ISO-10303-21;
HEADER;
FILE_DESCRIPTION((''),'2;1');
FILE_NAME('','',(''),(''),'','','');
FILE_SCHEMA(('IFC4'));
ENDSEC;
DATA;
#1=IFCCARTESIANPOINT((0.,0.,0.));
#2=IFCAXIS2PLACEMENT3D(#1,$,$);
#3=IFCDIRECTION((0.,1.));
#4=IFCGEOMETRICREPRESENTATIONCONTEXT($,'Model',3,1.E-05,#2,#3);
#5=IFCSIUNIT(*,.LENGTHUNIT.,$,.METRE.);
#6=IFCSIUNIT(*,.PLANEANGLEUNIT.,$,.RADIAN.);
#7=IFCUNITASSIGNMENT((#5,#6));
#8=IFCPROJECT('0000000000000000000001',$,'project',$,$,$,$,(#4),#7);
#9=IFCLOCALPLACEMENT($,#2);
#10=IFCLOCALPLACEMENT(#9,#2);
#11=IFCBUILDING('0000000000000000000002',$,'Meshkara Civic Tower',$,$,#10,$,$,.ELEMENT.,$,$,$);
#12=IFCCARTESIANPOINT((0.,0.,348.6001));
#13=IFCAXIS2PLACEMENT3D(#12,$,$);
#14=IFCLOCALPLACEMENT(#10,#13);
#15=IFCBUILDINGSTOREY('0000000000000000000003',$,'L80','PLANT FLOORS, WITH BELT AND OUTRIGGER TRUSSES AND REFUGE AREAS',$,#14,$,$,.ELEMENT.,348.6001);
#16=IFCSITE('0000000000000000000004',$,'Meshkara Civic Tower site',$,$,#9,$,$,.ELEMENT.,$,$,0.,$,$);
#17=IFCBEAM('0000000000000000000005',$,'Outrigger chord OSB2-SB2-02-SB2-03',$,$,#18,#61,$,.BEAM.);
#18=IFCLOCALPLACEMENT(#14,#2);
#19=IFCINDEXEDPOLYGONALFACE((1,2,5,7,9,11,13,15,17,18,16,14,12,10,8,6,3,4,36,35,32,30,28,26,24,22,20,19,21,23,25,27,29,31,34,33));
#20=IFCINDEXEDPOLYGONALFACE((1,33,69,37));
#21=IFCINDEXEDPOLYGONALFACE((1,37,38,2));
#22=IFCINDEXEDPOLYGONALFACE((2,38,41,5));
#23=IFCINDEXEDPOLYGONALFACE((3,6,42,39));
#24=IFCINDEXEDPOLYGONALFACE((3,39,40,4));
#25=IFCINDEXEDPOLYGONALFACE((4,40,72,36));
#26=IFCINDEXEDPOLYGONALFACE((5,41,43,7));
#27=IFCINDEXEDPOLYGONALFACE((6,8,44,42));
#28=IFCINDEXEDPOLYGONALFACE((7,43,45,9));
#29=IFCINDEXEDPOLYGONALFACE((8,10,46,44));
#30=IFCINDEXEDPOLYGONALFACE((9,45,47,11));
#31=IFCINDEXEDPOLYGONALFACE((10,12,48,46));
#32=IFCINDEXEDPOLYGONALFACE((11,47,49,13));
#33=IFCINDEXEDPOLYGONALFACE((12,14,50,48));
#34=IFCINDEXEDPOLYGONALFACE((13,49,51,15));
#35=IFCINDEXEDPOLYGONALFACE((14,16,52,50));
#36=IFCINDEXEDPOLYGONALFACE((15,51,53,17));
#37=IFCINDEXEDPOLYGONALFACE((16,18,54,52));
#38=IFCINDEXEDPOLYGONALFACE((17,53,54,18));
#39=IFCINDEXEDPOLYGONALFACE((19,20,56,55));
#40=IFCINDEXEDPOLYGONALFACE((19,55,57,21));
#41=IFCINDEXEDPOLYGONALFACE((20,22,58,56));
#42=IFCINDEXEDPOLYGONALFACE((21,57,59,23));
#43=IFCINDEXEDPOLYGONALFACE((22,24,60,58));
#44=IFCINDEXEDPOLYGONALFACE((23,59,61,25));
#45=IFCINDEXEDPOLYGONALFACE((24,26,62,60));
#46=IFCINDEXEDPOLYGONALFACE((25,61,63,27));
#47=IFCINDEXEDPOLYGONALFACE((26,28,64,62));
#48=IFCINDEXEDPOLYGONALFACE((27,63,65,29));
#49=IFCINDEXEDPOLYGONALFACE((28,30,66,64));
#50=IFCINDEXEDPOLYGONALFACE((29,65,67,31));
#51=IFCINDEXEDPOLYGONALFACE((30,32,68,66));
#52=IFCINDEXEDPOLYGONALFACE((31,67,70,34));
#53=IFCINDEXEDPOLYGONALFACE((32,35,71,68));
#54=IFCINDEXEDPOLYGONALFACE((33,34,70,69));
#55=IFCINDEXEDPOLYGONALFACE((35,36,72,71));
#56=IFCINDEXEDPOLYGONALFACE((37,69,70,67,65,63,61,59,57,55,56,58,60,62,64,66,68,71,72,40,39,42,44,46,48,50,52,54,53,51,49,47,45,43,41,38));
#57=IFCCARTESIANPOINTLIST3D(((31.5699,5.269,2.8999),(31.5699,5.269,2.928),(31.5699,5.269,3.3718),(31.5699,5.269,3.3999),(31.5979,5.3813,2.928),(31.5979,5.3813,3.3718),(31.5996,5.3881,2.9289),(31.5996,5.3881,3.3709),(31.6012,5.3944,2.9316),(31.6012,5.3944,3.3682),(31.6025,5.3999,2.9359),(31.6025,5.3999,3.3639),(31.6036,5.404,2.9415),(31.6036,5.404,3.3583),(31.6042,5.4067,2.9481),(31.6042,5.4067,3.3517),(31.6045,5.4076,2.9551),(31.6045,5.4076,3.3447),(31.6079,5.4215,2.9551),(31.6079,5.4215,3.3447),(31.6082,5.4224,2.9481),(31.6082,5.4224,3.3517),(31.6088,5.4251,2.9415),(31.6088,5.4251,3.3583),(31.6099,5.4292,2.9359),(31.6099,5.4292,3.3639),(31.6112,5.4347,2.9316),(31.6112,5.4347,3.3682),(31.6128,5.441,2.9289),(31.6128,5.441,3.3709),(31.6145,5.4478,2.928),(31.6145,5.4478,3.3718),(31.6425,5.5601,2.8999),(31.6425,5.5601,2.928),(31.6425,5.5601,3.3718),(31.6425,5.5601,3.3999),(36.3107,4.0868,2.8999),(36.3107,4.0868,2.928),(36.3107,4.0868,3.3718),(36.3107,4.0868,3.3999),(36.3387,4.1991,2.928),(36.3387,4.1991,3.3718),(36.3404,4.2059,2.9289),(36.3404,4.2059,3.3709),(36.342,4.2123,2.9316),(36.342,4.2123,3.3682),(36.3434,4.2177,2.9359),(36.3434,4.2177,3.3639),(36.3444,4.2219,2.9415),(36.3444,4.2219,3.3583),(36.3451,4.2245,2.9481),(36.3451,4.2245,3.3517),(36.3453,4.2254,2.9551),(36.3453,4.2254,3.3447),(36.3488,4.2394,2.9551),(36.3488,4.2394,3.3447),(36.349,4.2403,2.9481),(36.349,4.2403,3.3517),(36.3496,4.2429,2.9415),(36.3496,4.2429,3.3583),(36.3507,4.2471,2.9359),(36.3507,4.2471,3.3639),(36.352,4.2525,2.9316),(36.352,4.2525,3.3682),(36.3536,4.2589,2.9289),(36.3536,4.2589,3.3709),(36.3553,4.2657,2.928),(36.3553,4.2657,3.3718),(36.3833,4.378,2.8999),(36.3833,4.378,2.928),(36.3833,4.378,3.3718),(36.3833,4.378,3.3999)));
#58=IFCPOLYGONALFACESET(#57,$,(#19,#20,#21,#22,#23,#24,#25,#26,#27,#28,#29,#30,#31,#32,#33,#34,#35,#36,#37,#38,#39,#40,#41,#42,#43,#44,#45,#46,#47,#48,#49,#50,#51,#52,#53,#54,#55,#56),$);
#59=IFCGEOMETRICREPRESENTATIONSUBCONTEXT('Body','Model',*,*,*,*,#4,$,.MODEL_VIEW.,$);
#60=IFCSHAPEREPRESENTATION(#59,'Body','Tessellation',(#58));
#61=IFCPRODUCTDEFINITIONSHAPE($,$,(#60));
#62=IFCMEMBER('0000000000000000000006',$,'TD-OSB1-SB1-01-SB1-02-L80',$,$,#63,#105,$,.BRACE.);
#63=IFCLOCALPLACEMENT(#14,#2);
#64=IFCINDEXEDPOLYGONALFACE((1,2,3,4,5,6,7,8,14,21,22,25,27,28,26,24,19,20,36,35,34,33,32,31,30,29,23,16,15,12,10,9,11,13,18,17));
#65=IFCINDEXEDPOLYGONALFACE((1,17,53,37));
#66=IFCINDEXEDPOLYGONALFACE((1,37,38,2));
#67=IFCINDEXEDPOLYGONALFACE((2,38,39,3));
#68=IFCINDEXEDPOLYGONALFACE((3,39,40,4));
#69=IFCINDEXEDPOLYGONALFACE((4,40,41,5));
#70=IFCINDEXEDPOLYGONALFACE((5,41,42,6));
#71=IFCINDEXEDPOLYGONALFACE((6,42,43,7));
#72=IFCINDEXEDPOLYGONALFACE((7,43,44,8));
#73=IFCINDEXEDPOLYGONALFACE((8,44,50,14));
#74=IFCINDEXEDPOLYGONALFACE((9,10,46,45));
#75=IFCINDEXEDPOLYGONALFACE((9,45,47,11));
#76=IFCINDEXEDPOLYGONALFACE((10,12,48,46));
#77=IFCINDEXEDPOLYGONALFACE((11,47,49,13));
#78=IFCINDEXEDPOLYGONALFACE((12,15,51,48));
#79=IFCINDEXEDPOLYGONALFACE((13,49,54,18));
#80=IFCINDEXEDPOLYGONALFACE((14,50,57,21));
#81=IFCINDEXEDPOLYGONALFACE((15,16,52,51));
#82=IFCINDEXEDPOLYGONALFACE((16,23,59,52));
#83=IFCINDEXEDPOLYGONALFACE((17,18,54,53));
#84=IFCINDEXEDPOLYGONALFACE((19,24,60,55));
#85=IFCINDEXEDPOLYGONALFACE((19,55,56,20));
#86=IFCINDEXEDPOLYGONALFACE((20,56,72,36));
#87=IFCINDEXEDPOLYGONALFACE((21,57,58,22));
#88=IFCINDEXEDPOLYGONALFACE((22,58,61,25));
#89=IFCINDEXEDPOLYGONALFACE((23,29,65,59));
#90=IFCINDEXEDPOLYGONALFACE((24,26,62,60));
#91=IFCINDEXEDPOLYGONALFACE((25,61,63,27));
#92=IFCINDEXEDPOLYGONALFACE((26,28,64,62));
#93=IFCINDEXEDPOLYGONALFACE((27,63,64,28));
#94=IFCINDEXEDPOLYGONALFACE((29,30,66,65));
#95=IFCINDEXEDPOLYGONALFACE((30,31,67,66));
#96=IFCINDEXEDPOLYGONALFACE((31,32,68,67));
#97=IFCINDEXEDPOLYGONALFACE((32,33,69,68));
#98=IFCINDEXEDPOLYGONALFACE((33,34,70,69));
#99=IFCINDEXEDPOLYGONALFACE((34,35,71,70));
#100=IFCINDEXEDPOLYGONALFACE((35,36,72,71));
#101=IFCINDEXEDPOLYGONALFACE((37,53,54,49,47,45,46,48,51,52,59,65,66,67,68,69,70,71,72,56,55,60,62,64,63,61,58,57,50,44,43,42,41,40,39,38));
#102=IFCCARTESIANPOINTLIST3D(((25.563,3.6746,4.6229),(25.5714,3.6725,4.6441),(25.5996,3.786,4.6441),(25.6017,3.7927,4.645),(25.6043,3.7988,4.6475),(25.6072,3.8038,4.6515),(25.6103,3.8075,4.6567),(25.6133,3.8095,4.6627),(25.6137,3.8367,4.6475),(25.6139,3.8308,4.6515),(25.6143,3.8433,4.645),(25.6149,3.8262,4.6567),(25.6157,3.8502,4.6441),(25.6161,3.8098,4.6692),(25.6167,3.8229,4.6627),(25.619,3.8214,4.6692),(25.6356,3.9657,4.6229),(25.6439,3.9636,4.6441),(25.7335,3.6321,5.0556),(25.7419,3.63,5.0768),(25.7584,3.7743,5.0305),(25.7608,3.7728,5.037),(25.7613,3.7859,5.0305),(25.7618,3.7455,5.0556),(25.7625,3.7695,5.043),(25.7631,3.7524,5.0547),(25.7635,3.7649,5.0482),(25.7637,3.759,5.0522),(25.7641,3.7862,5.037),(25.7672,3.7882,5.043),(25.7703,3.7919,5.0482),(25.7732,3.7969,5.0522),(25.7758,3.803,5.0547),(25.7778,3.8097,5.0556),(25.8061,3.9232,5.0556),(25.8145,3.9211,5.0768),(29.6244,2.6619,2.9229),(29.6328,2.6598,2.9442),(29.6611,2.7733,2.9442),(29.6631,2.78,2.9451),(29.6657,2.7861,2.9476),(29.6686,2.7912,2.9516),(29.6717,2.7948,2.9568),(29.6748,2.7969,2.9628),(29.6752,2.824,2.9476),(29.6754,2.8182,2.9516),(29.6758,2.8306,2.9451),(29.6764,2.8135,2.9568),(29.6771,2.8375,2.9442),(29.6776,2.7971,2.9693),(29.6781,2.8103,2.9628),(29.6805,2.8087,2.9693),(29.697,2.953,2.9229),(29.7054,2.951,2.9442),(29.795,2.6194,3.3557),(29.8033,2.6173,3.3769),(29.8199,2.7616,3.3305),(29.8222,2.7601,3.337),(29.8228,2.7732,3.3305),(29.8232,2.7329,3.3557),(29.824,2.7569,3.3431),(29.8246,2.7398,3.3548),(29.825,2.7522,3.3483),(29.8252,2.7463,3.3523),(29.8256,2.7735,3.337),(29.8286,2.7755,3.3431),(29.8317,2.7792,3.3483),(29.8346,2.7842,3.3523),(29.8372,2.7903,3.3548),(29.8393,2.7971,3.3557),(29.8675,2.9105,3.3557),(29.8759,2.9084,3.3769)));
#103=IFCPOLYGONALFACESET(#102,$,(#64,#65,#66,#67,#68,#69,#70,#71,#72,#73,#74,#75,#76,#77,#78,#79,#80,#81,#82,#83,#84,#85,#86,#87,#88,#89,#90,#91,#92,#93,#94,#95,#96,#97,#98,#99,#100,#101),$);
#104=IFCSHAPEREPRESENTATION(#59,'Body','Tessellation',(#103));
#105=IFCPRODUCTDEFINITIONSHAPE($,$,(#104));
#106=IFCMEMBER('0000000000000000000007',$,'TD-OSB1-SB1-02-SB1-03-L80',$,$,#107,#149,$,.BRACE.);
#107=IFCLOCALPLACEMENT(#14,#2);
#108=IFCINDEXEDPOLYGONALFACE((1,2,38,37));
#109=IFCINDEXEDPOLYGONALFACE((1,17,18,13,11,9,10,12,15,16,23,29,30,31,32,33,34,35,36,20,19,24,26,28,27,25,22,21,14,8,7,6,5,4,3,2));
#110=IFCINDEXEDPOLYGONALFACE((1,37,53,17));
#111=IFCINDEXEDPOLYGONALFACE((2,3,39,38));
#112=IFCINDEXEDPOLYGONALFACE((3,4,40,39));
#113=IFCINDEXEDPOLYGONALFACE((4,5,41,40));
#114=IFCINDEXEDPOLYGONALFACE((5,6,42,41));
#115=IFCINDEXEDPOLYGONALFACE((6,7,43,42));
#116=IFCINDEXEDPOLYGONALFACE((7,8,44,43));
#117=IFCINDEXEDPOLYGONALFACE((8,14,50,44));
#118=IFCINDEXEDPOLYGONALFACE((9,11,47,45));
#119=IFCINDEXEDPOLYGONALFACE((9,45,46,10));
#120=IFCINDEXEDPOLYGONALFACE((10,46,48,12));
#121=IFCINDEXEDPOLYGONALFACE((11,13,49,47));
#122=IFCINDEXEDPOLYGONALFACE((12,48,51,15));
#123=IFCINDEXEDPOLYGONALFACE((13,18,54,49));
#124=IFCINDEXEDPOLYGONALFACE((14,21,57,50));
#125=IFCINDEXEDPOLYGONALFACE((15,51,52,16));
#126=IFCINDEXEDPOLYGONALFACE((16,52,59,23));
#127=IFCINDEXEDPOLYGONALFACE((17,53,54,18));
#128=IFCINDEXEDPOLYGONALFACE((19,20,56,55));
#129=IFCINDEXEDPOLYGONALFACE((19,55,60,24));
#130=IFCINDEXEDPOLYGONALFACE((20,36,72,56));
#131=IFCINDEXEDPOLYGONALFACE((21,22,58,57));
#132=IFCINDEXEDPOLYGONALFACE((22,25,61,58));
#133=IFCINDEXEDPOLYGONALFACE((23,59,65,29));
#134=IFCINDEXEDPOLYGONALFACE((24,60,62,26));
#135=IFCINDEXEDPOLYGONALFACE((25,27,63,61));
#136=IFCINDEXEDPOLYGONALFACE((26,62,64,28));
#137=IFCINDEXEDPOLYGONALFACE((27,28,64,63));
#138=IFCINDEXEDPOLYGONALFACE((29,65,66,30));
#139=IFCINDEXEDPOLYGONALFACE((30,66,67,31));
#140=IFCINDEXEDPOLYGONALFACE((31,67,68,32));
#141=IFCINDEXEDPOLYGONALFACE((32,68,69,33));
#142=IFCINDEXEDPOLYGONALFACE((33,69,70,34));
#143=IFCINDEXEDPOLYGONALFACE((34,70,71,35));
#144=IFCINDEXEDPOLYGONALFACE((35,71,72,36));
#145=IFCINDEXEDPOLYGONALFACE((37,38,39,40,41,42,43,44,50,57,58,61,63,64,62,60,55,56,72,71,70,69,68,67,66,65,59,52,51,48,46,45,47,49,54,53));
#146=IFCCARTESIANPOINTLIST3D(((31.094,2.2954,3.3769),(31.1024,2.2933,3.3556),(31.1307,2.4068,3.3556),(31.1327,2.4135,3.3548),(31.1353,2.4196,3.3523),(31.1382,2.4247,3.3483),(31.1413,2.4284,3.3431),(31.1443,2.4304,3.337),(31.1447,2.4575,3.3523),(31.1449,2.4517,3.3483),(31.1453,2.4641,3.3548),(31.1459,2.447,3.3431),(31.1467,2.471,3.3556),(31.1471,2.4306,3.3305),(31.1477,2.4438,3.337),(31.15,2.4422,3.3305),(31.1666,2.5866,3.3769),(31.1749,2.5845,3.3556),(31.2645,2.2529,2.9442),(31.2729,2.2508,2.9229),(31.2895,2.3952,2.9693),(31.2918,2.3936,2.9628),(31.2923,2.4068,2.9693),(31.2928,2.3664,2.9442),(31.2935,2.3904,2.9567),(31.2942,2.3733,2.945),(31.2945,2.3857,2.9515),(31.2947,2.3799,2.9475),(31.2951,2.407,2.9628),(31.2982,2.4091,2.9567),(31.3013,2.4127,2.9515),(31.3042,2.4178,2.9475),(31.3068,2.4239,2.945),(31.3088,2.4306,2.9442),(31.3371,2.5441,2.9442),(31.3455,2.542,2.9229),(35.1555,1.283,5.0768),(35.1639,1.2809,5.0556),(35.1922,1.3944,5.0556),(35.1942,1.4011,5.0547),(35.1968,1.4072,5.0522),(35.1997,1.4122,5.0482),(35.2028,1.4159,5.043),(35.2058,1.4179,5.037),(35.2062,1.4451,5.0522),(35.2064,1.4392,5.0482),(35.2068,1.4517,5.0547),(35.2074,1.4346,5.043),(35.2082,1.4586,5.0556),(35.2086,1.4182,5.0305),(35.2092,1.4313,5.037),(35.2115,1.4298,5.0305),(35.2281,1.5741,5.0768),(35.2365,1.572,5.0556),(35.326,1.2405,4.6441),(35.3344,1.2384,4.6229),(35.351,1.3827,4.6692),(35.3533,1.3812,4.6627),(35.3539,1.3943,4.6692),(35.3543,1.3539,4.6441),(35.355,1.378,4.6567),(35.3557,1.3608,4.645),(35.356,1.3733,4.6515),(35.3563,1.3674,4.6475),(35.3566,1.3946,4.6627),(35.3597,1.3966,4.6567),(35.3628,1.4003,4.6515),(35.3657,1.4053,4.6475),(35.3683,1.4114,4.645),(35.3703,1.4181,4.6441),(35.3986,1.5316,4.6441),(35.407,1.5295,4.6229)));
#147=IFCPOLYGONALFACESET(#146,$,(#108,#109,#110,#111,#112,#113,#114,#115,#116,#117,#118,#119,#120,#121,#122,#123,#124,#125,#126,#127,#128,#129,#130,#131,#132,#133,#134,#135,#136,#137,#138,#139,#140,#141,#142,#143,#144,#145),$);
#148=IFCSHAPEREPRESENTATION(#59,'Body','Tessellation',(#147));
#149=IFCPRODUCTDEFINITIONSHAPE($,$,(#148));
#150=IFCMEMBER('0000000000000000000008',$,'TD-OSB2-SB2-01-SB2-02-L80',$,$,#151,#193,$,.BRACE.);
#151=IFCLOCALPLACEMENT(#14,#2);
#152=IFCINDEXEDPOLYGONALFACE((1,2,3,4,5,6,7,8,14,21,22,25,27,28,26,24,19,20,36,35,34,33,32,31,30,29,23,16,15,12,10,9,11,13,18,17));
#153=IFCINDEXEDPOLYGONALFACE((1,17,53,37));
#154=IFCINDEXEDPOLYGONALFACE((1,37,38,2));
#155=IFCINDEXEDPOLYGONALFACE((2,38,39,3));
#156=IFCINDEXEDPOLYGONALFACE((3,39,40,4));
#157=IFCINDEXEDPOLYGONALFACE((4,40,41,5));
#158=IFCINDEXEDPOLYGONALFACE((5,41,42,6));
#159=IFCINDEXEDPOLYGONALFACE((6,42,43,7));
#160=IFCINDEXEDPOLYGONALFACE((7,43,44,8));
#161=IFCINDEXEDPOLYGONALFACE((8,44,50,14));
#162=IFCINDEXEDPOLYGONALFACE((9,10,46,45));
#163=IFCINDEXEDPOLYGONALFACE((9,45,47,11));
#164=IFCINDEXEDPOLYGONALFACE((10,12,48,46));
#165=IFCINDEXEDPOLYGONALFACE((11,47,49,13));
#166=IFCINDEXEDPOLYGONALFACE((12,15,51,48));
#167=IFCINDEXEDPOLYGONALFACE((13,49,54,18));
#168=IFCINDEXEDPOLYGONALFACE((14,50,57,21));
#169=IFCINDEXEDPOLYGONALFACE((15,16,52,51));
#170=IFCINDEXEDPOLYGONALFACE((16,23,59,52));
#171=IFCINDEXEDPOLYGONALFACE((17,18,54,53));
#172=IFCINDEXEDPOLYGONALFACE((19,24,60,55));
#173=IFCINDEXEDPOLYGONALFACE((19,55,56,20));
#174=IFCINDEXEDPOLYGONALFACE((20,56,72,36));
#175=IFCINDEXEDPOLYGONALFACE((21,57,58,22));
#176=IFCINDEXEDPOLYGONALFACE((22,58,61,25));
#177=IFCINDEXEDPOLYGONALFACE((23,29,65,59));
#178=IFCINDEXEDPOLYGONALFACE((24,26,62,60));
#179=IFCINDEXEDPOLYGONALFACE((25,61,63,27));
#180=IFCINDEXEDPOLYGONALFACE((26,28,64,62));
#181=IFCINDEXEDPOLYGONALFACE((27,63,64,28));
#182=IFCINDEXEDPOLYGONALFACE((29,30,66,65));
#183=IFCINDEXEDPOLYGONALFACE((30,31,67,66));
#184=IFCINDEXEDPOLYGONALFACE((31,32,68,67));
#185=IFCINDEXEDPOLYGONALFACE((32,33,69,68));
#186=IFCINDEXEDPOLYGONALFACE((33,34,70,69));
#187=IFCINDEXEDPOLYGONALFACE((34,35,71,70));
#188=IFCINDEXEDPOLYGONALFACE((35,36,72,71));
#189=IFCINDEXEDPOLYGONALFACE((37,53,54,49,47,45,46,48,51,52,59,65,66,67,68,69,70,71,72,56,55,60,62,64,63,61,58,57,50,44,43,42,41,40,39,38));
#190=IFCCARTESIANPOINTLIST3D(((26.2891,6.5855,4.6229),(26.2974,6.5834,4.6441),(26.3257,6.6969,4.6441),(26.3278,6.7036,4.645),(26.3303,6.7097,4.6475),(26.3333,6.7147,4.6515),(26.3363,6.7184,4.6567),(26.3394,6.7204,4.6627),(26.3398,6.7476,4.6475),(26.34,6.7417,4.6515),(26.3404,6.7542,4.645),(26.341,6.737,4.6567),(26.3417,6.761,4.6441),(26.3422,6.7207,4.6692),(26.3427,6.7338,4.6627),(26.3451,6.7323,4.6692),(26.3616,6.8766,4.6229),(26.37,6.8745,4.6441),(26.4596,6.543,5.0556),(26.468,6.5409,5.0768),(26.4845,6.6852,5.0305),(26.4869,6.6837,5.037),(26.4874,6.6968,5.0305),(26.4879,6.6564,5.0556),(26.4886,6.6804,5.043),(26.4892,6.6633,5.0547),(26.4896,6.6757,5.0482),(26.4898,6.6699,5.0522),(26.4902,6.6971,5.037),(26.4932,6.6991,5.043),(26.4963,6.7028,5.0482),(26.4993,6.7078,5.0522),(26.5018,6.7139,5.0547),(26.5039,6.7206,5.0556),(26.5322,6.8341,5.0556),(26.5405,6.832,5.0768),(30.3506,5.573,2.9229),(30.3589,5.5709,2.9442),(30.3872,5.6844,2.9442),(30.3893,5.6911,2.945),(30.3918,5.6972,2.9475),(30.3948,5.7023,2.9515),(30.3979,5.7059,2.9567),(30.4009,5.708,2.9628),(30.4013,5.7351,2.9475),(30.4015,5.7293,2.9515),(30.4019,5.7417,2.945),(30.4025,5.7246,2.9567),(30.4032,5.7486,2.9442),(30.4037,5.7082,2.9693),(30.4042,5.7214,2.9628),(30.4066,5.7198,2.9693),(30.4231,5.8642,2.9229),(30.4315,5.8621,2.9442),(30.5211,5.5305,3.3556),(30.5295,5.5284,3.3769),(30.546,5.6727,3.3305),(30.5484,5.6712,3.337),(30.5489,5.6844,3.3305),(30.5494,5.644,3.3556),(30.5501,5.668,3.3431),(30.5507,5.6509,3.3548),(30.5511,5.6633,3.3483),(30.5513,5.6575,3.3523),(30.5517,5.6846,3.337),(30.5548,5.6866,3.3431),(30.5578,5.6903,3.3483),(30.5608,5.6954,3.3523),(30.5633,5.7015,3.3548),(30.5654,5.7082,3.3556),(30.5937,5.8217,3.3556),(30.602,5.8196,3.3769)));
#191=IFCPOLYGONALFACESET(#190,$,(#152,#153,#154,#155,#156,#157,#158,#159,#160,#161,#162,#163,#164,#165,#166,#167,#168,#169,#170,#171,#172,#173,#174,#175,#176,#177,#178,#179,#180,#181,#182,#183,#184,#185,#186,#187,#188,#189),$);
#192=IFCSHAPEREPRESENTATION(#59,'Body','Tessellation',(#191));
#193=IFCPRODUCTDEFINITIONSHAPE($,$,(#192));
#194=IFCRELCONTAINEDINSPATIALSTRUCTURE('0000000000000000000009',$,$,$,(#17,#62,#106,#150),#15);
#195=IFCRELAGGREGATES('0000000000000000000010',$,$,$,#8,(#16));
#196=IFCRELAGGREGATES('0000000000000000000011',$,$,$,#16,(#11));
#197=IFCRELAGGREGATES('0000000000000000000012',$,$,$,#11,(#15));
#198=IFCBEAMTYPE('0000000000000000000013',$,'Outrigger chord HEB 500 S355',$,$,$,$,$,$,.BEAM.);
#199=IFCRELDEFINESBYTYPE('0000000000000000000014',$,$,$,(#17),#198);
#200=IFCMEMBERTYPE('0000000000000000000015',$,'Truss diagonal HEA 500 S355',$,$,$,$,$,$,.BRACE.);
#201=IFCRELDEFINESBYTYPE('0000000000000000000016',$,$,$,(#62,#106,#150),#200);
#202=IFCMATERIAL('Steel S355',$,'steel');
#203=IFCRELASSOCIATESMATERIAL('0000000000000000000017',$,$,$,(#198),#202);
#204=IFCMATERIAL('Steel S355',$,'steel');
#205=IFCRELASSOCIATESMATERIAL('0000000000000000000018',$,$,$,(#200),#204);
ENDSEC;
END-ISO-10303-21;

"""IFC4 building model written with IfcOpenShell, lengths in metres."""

from ifc_helpers import new_model, si_unit, direction, frame, origin, origin_2d, place, context, subcontext, project, spatial, i_section, extrude, material, material_profile, profile_set, type_object, element, save


model = new_model("IFC4")

# Units and contexts
model_context = context("Model", 3, precision=1e-05, world=origin(), true_north=direction((0.0, 1.0)))
body_context = subcontext(model_context, "Body", "Model", "MODEL_VIEW")
ifc_project = project(units=[si_unit("LENGTHUNIT", "METRE"), si_unit("PLANEANGLEUNIT", "RADIAN")], contexts=[model_context])

# Site, building, storey
site_placement = place(None, origin())
site = spatial("IfcSite", under=ifc_project, at=site_placement, Name="Meshkara Civic Tower site", CompositionType="ELEMENT", RefElevation=0.0)
building_placement = place(site_placement, origin())
building = spatial("IfcBuilding", under=site, at=building_placement, Name="Meshkara Civic Tower", CompositionType="ELEMENT")
storey_placement = place(building_placement, frame((0.0, 0.0, 348.6001)))
storey = spatial("IfcBuildingStorey", under=building, at=storey_placement, Name="L80", Description="PLANT FLOORS, WITH BELT AND OUTRIGGER TRUSSES AND REFUGE AREAS", CompositionType="ELEMENT", Elevation=348.6001)

# Beam
ifc_material_1 = material(Name="Steel S355", Category="steel")
ifc_material_profile_1 = material_profile(ifc_material_1, i_section(OverallWidth=0.3, OverallDepth=0.5, WebThickness=0.0144, FlangeThickness=0.0281, FilletRadius=0.0271, at=origin_2d()))
ifc_profile_set_1 = profile_set([ifc_material_profile_1], Name="Steel S355")
beam_type = type_object("IfcBeamType", Name="Outrigger chord HEB 500 S355", PredefinedType="BEAM", material=ifc_profile_set_1)
for number, where, z_axis, x_axis, name in (
    (1, (31.6062, 5.4146, 3.1499), (0.970289, -0.241948, 0.0), (0.241948, 0.970289, 0.0), "Outrigger chord OSB2-SB2-02-SB2-03"),
):
    element("IfcBeam", number, at=place(storey_placement, frame(where, z_axis=z_axis, x_axis=x_axis)), inside=storey, type_object=beam_type, Name=name, PredefinedType="BEAM", context=body_context, shape_type="SweptSolid", body=[
        extrude(i_section(OverallWidth=0.3, OverallDepth=0.5, WebThickness=0.0144, FlangeThickness=0.0281, FilletRadius=0.0271, at=origin_2d()), origin(), (0.0, 0.0, 1.0), 4.886),
    ])

# Members
ifc_material_2 = material(Name="Steel S355", Category="steel")
ifc_material_profile_2 = material_profile(ifc_material_2, i_section(OverallWidth=0.3, OverallDepth=0.49, WebThickness=0.012, FlangeThickness=0.0229, FilletRadius=0.0271, at=origin_2d()))
ifc_profile_set_2 = profile_set([ifc_material_profile_2], Name="Steel S355")
member_type = type_object("IfcMemberType", Name="Truss diagonal HEA 500 S355", PredefinedType="BRACE", material=ifc_profile_set_2)
for number, where, z_axis, x_axis, name in (
    (2, (25.6887, 3.7979, 4.8499), (0.898986, -0.224152, -0.376271), (0.241932, 0.970293, 0.0), "TD-OSB1-SB1-01-SB1-02-L80"),
    (3, (31.2197, 2.4187, 3.1499), (0.898997, -0.224101, 0.376275), (0.241877, 0.970307, 0.0), "TD-OSB1-SB1-02-SB1-03-L80"),
    (4, (26.4148, 6.7087, 4.8499), (0.898997, -0.224101, -0.376275), (0.241877, 0.970307, 0.0), "TD-OSB2-SB2-01-SB2-02-L80"),
):
    element("IfcMember", number, at=place(storey_placement, frame(where, z_axis=z_axis, x_axis=x_axis)), inside=storey, type_object=member_type, Name=name, PredefinedType="BRACE", context=body_context, shape_type="SweptSolid", body=[
        extrude(i_section(OverallWidth=0.3, OverallDepth=0.49, WebThickness=0.012, FlangeThickness=0.0229, FilletRadius=0.0271, at=origin_2d()), origin(), (0.0, 0.0, 1.0), 4.5178),
    ])

save(model, "model.ifc")
